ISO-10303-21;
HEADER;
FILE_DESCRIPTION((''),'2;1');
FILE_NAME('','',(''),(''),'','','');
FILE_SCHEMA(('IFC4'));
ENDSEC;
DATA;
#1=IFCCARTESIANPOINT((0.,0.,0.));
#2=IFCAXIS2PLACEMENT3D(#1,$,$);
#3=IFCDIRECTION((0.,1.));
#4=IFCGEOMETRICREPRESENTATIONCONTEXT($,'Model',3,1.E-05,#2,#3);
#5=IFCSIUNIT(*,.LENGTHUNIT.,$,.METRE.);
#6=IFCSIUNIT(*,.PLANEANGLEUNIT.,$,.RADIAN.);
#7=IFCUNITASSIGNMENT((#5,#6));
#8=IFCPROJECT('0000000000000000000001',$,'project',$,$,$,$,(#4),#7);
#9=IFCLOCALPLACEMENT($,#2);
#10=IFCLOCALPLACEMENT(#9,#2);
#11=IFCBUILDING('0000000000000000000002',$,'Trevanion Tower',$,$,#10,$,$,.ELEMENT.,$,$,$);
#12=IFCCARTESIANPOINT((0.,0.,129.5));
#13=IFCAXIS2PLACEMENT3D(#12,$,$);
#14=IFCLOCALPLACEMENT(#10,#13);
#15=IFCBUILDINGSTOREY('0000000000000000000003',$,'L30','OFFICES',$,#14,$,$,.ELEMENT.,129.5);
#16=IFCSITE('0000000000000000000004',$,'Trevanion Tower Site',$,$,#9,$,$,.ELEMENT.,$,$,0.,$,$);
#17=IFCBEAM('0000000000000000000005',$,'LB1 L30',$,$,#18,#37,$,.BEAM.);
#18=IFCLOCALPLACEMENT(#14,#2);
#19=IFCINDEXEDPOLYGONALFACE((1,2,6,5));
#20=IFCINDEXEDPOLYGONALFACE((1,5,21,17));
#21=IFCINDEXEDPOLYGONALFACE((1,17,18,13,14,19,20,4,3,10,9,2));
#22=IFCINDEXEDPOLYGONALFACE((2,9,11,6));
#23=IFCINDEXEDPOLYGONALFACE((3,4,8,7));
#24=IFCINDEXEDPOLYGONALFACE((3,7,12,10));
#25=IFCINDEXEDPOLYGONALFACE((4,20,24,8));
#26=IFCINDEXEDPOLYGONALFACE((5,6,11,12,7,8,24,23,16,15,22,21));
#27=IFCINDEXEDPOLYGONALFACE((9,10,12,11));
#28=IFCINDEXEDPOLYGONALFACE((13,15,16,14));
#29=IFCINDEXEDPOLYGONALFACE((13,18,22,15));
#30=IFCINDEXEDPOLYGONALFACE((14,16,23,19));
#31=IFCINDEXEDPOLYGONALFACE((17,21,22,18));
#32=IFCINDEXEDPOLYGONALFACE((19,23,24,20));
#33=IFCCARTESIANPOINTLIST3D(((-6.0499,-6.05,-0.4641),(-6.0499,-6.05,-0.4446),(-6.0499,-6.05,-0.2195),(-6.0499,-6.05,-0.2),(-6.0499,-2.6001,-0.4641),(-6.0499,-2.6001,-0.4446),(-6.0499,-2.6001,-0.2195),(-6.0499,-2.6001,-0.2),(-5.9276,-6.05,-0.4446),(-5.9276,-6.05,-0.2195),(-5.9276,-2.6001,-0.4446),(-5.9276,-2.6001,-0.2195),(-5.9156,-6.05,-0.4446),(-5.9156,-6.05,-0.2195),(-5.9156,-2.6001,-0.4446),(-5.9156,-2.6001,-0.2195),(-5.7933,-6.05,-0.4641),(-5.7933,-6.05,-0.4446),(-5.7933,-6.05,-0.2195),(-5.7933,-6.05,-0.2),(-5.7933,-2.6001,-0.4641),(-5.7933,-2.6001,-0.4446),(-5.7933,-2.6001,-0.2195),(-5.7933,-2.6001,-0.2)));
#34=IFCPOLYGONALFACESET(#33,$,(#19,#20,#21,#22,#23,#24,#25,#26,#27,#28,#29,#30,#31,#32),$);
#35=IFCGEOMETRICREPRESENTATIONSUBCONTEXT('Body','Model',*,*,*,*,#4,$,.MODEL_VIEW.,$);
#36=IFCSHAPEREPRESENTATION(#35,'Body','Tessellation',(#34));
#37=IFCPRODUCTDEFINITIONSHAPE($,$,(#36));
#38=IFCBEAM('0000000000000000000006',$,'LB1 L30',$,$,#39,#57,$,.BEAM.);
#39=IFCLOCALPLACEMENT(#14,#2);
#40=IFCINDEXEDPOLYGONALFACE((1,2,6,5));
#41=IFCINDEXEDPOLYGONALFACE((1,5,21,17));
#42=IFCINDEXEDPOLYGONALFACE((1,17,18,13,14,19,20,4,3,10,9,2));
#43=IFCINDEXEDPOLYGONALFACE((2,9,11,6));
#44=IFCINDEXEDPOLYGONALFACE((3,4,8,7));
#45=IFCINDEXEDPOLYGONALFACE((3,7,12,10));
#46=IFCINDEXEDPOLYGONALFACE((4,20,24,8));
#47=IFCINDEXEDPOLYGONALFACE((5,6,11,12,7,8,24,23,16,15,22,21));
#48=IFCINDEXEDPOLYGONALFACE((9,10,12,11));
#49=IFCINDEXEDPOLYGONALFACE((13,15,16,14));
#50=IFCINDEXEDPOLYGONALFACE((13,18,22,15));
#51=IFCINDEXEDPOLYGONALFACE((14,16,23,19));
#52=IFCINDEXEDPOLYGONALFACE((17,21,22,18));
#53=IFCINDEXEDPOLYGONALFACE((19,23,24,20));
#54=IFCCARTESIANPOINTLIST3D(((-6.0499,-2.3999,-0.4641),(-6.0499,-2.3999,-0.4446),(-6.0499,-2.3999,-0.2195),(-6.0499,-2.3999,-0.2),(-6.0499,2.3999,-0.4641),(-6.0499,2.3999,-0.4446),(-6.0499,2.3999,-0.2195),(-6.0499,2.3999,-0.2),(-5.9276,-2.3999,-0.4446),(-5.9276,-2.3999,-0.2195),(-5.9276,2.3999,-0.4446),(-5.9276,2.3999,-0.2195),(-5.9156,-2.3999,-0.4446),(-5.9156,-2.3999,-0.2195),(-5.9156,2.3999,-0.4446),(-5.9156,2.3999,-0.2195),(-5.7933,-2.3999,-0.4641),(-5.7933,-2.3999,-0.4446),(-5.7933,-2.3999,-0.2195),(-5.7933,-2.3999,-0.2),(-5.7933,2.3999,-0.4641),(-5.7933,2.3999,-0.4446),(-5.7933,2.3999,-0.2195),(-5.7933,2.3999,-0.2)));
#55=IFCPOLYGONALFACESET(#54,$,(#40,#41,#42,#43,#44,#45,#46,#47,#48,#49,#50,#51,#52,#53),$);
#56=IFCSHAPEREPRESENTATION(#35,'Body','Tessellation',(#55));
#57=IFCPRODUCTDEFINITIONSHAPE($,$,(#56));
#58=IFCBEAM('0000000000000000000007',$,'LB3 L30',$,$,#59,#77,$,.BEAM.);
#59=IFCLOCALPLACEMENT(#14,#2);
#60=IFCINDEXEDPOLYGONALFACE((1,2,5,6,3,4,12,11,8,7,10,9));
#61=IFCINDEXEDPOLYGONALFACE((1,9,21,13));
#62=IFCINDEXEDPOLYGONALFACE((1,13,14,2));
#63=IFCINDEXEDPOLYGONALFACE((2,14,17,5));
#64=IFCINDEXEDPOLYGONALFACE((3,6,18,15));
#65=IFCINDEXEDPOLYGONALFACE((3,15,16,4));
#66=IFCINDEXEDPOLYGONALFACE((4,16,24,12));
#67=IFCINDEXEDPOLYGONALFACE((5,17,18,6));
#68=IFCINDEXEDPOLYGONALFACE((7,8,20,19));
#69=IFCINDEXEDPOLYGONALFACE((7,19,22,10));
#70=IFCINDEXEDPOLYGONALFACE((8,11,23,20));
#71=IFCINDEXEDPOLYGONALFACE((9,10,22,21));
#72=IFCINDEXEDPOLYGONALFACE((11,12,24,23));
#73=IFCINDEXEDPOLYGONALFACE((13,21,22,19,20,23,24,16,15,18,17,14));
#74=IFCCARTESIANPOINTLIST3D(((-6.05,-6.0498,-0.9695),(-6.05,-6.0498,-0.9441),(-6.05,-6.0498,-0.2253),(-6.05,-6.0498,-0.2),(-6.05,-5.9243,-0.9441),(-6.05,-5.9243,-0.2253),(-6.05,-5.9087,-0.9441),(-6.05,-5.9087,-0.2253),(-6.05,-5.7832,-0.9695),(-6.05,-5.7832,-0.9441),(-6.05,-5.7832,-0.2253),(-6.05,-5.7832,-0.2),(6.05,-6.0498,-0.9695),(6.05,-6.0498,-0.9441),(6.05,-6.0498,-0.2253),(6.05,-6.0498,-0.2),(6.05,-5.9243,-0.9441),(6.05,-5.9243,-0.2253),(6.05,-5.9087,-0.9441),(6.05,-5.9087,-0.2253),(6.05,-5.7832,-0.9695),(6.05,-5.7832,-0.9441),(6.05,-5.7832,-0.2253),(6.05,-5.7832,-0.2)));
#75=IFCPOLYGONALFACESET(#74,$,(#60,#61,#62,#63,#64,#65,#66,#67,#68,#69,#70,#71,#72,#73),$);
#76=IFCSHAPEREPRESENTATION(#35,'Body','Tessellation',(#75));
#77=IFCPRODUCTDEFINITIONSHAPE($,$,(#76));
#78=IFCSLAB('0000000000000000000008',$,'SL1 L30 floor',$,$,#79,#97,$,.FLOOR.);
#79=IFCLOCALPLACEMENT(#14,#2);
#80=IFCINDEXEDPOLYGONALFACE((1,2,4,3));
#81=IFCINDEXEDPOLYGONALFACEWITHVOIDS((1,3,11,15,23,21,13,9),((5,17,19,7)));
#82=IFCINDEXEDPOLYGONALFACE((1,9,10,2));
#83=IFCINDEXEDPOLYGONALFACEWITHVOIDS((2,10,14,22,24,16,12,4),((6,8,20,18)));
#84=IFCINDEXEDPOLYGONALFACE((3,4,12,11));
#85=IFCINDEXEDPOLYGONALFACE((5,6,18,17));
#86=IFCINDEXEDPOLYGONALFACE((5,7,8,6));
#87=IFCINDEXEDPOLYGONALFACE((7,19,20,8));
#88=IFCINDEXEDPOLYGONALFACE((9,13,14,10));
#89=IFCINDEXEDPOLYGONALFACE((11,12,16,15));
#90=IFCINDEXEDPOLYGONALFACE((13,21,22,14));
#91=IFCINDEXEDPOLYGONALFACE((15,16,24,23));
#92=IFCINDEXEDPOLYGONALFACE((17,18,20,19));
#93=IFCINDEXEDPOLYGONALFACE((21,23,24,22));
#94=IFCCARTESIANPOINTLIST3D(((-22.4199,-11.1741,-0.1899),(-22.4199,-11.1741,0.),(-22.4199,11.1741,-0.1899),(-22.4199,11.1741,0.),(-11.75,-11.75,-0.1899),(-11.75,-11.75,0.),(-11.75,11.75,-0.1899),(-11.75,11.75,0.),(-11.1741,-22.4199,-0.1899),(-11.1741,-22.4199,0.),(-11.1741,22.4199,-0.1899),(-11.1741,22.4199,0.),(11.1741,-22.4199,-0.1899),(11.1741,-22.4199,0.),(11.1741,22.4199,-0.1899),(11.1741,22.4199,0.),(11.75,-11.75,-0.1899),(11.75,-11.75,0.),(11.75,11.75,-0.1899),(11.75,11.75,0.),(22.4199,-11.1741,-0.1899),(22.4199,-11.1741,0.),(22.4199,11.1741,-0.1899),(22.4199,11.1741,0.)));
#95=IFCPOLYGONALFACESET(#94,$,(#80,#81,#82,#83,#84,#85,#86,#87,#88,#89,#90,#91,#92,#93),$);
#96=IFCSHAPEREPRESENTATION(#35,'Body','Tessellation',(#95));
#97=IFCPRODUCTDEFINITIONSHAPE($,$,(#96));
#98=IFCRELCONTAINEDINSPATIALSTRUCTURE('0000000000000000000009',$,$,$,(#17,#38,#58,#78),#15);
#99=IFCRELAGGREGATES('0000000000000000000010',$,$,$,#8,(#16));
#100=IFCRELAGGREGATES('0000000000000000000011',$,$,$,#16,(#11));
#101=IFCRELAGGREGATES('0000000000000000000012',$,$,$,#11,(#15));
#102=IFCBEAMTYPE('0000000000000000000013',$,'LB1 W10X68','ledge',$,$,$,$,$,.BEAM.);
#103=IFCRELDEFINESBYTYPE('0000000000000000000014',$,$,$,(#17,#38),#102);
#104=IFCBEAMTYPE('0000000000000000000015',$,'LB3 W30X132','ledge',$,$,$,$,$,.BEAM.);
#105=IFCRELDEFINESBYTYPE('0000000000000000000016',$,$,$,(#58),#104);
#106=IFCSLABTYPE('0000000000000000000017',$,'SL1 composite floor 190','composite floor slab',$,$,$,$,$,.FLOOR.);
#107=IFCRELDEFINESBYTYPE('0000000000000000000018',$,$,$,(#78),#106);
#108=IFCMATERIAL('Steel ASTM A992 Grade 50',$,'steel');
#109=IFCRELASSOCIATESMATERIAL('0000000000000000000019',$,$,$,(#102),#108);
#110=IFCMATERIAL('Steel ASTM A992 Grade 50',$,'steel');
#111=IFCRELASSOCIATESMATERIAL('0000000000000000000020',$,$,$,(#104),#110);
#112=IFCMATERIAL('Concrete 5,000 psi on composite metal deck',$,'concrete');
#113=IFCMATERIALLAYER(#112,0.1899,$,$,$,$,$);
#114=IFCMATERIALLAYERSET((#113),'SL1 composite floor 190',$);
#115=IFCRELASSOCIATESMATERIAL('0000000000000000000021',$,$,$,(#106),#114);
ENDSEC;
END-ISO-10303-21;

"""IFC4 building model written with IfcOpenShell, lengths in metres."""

from ifc_helpers import new_model, si_unit, direction, frame, origin, origin_2d, place, context, subcontext, project, spatial, polyline, i_section, outline, extrude, material, layer, layer_set, material_profile, profile_set, type_object, element, save


model = new_model("IFC4")

# Units and contexts
model_context = context("Model", 3, precision=1e-05, world=origin(), true_north=direction((0.0, 1.0)))
body_context = subcontext(model_context, "Body", "Model", "MODEL_VIEW")
ifc_project = project(units=[si_unit("LENGTHUNIT", "METRE"), si_unit("PLANEANGLEUNIT", "RADIAN")], contexts=[model_context])

# Site, building, storey
site_placement = place(None, origin())
site = spatial("IfcSite", under=ifc_project, at=site_placement, Name="Trevanion Tower Site", CompositionType="ELEMENT", RefElevation=0.0)
building_placement = place(site_placement, origin())
building = spatial("IfcBuilding", under=site, at=building_placement, Name="Trevanion Tower", CompositionType="ELEMENT")
storey_placement = place(building_placement, frame((0.0, 0.0, 129.5)))
storey = spatial("IfcBuildingStorey", under=building, at=storey_placement, Name="L30", Description="OFFICES", CompositionType="ELEMENT", Elevation=129.5)

# Beams
ifc_material_1 = material(Name="Steel ASTM A992 Grade 50", Category="steel")
ifc_material_profile_1 = material_profile(ifc_material_1, i_section(OverallWidth=0.2566, OverallDepth=0.2642, WebThickness=0.012, FlangeThickness=0.0195, at=origin_2d()), Name="W10X68")
ifc_profile_set_1 = profile_set([ifc_material_profile_1], Name="Steel ASTM A992 Grade 50")
beam_type_1 = type_object("IfcBeamType", Name="LB1 W10X68", Description="ledge", PredefinedType="BEAM", material=ifc_profile_set_1)
beam_1_placement = place(storey_placement, frame((-5.9216, -6.05, -0.332), z_axis=(0.0, 1.0, 0.0), x_axis=(-1.0, 0.0, 0.0)))
element("IfcBeam", 1, at=beam_1_placement, inside=storey, type_object=beam_type_1, Name="LB1 L30", PredefinedType="BEAM", context=body_context, shape_type="SweptSolid", body=[
    extrude(i_section(OverallWidth=0.2566, OverallDepth=0.2642, WebThickness=0.012, FlangeThickness=0.0195, at=origin_2d()), origin(), (0.0, 0.0, 1.0), 3.45),
])
beam_2_placement = place(storey_placement, frame((-5.9216, -2.3999, -0.332), z_axis=(0.0, 1.0, 0.0), x_axis=(-1.0, 0.0, 0.0)))
element("IfcBeam", 2, at=beam_2_placement, inside=storey, type_object=beam_type_1, Name="LB1 L30", PredefinedType="BEAM", context=body_context, shape_type="SweptSolid", body=[
    extrude(i_section(OverallWidth=0.2566, OverallDepth=0.2642, WebThickness=0.012, FlangeThickness=0.0195, at=origin_2d()), origin(), (0.0, 0.0, 1.0), 4.7998),
])
ifc_material_2 = material(Name="Steel ASTM A992 Grade 50", Category="steel")
ifc_material_profile_2 = material_profile(ifc_material_2, i_section(OverallWidth=0.2666, OverallDepth=0.7695, WebThickness=0.0156, FlangeThickness=0.0254, at=origin_2d()), Name="W30X132")
ifc_profile_set_2 = profile_set([ifc_material_profile_2], Name="Steel ASTM A992 Grade 50")
beam_type_2 = type_object("IfcBeamType", Name="LB3 W30X132", Description="ledge", PredefinedType="BEAM", material=ifc_profile_set_2)
beam_3_placement = place(storey_placement, frame((-6.05, -5.9165, -0.5847), z_axis=(1.0, 0.0, 0.0), x_axis=(0.0, 1.0, 0.0)))
element("IfcBeam", 3, at=beam_3_placement, inside=storey, type_object=beam_type_2, Name="LB3 L30", PredefinedType="BEAM", context=body_context, shape_type="SweptSolid", body=[
    extrude(i_section(OverallWidth=0.2666, OverallDepth=0.7695, WebThickness=0.0156, FlangeThickness=0.0254, at=origin_2d()), origin(), (0.0, 0.0, 1.0), 12.1001),
])

# Slab
ifc_material_3 = material(Name="Concrete 5,000 psi on composite metal deck", Category="concrete")
ifc_layer_1 = layer(ifc_material_3, 0.1899)
ifc_layer_set_1 = layer_set([ifc_layer_1], Name="SL1 composite floor 190")
slab_type = type_object("IfcSlabType", Name="SL1 composite floor 190", Description="composite floor slab", PredefinedType="FLOOR", material=ifc_layer_set_1)
slab_placement = place(storey_placement, frame((0.0, 0.0, -0.1899)))
element("IfcSlab", 4, at=slab_placement, inside=storey, type_object=slab_type, Name="SL1 L30 floor", PredefinedType="FLOOR", context=body_context, shape_type="SweptSolid", body=[
    extrude(outline(polyline([(22.4199, -11.1741), (22.4199, 11.1741), (11.1741, 22.4199), (-11.1741, 22.4199), (-22.4199, 11.1741), (-22.4199, -11.1741), (-11.1741, -22.4199), (11.1741, -22.4199), (22.4199, -11.1741)]), holes=[polyline([(11.75, -11.75), (11.75, 11.75), (-11.75, 11.75), (-11.75, -11.75), (11.75, -11.75)])]), origin(), (0.0, 0.0, 1.0), 0.1899),
])

save(model, "model.ifc")
